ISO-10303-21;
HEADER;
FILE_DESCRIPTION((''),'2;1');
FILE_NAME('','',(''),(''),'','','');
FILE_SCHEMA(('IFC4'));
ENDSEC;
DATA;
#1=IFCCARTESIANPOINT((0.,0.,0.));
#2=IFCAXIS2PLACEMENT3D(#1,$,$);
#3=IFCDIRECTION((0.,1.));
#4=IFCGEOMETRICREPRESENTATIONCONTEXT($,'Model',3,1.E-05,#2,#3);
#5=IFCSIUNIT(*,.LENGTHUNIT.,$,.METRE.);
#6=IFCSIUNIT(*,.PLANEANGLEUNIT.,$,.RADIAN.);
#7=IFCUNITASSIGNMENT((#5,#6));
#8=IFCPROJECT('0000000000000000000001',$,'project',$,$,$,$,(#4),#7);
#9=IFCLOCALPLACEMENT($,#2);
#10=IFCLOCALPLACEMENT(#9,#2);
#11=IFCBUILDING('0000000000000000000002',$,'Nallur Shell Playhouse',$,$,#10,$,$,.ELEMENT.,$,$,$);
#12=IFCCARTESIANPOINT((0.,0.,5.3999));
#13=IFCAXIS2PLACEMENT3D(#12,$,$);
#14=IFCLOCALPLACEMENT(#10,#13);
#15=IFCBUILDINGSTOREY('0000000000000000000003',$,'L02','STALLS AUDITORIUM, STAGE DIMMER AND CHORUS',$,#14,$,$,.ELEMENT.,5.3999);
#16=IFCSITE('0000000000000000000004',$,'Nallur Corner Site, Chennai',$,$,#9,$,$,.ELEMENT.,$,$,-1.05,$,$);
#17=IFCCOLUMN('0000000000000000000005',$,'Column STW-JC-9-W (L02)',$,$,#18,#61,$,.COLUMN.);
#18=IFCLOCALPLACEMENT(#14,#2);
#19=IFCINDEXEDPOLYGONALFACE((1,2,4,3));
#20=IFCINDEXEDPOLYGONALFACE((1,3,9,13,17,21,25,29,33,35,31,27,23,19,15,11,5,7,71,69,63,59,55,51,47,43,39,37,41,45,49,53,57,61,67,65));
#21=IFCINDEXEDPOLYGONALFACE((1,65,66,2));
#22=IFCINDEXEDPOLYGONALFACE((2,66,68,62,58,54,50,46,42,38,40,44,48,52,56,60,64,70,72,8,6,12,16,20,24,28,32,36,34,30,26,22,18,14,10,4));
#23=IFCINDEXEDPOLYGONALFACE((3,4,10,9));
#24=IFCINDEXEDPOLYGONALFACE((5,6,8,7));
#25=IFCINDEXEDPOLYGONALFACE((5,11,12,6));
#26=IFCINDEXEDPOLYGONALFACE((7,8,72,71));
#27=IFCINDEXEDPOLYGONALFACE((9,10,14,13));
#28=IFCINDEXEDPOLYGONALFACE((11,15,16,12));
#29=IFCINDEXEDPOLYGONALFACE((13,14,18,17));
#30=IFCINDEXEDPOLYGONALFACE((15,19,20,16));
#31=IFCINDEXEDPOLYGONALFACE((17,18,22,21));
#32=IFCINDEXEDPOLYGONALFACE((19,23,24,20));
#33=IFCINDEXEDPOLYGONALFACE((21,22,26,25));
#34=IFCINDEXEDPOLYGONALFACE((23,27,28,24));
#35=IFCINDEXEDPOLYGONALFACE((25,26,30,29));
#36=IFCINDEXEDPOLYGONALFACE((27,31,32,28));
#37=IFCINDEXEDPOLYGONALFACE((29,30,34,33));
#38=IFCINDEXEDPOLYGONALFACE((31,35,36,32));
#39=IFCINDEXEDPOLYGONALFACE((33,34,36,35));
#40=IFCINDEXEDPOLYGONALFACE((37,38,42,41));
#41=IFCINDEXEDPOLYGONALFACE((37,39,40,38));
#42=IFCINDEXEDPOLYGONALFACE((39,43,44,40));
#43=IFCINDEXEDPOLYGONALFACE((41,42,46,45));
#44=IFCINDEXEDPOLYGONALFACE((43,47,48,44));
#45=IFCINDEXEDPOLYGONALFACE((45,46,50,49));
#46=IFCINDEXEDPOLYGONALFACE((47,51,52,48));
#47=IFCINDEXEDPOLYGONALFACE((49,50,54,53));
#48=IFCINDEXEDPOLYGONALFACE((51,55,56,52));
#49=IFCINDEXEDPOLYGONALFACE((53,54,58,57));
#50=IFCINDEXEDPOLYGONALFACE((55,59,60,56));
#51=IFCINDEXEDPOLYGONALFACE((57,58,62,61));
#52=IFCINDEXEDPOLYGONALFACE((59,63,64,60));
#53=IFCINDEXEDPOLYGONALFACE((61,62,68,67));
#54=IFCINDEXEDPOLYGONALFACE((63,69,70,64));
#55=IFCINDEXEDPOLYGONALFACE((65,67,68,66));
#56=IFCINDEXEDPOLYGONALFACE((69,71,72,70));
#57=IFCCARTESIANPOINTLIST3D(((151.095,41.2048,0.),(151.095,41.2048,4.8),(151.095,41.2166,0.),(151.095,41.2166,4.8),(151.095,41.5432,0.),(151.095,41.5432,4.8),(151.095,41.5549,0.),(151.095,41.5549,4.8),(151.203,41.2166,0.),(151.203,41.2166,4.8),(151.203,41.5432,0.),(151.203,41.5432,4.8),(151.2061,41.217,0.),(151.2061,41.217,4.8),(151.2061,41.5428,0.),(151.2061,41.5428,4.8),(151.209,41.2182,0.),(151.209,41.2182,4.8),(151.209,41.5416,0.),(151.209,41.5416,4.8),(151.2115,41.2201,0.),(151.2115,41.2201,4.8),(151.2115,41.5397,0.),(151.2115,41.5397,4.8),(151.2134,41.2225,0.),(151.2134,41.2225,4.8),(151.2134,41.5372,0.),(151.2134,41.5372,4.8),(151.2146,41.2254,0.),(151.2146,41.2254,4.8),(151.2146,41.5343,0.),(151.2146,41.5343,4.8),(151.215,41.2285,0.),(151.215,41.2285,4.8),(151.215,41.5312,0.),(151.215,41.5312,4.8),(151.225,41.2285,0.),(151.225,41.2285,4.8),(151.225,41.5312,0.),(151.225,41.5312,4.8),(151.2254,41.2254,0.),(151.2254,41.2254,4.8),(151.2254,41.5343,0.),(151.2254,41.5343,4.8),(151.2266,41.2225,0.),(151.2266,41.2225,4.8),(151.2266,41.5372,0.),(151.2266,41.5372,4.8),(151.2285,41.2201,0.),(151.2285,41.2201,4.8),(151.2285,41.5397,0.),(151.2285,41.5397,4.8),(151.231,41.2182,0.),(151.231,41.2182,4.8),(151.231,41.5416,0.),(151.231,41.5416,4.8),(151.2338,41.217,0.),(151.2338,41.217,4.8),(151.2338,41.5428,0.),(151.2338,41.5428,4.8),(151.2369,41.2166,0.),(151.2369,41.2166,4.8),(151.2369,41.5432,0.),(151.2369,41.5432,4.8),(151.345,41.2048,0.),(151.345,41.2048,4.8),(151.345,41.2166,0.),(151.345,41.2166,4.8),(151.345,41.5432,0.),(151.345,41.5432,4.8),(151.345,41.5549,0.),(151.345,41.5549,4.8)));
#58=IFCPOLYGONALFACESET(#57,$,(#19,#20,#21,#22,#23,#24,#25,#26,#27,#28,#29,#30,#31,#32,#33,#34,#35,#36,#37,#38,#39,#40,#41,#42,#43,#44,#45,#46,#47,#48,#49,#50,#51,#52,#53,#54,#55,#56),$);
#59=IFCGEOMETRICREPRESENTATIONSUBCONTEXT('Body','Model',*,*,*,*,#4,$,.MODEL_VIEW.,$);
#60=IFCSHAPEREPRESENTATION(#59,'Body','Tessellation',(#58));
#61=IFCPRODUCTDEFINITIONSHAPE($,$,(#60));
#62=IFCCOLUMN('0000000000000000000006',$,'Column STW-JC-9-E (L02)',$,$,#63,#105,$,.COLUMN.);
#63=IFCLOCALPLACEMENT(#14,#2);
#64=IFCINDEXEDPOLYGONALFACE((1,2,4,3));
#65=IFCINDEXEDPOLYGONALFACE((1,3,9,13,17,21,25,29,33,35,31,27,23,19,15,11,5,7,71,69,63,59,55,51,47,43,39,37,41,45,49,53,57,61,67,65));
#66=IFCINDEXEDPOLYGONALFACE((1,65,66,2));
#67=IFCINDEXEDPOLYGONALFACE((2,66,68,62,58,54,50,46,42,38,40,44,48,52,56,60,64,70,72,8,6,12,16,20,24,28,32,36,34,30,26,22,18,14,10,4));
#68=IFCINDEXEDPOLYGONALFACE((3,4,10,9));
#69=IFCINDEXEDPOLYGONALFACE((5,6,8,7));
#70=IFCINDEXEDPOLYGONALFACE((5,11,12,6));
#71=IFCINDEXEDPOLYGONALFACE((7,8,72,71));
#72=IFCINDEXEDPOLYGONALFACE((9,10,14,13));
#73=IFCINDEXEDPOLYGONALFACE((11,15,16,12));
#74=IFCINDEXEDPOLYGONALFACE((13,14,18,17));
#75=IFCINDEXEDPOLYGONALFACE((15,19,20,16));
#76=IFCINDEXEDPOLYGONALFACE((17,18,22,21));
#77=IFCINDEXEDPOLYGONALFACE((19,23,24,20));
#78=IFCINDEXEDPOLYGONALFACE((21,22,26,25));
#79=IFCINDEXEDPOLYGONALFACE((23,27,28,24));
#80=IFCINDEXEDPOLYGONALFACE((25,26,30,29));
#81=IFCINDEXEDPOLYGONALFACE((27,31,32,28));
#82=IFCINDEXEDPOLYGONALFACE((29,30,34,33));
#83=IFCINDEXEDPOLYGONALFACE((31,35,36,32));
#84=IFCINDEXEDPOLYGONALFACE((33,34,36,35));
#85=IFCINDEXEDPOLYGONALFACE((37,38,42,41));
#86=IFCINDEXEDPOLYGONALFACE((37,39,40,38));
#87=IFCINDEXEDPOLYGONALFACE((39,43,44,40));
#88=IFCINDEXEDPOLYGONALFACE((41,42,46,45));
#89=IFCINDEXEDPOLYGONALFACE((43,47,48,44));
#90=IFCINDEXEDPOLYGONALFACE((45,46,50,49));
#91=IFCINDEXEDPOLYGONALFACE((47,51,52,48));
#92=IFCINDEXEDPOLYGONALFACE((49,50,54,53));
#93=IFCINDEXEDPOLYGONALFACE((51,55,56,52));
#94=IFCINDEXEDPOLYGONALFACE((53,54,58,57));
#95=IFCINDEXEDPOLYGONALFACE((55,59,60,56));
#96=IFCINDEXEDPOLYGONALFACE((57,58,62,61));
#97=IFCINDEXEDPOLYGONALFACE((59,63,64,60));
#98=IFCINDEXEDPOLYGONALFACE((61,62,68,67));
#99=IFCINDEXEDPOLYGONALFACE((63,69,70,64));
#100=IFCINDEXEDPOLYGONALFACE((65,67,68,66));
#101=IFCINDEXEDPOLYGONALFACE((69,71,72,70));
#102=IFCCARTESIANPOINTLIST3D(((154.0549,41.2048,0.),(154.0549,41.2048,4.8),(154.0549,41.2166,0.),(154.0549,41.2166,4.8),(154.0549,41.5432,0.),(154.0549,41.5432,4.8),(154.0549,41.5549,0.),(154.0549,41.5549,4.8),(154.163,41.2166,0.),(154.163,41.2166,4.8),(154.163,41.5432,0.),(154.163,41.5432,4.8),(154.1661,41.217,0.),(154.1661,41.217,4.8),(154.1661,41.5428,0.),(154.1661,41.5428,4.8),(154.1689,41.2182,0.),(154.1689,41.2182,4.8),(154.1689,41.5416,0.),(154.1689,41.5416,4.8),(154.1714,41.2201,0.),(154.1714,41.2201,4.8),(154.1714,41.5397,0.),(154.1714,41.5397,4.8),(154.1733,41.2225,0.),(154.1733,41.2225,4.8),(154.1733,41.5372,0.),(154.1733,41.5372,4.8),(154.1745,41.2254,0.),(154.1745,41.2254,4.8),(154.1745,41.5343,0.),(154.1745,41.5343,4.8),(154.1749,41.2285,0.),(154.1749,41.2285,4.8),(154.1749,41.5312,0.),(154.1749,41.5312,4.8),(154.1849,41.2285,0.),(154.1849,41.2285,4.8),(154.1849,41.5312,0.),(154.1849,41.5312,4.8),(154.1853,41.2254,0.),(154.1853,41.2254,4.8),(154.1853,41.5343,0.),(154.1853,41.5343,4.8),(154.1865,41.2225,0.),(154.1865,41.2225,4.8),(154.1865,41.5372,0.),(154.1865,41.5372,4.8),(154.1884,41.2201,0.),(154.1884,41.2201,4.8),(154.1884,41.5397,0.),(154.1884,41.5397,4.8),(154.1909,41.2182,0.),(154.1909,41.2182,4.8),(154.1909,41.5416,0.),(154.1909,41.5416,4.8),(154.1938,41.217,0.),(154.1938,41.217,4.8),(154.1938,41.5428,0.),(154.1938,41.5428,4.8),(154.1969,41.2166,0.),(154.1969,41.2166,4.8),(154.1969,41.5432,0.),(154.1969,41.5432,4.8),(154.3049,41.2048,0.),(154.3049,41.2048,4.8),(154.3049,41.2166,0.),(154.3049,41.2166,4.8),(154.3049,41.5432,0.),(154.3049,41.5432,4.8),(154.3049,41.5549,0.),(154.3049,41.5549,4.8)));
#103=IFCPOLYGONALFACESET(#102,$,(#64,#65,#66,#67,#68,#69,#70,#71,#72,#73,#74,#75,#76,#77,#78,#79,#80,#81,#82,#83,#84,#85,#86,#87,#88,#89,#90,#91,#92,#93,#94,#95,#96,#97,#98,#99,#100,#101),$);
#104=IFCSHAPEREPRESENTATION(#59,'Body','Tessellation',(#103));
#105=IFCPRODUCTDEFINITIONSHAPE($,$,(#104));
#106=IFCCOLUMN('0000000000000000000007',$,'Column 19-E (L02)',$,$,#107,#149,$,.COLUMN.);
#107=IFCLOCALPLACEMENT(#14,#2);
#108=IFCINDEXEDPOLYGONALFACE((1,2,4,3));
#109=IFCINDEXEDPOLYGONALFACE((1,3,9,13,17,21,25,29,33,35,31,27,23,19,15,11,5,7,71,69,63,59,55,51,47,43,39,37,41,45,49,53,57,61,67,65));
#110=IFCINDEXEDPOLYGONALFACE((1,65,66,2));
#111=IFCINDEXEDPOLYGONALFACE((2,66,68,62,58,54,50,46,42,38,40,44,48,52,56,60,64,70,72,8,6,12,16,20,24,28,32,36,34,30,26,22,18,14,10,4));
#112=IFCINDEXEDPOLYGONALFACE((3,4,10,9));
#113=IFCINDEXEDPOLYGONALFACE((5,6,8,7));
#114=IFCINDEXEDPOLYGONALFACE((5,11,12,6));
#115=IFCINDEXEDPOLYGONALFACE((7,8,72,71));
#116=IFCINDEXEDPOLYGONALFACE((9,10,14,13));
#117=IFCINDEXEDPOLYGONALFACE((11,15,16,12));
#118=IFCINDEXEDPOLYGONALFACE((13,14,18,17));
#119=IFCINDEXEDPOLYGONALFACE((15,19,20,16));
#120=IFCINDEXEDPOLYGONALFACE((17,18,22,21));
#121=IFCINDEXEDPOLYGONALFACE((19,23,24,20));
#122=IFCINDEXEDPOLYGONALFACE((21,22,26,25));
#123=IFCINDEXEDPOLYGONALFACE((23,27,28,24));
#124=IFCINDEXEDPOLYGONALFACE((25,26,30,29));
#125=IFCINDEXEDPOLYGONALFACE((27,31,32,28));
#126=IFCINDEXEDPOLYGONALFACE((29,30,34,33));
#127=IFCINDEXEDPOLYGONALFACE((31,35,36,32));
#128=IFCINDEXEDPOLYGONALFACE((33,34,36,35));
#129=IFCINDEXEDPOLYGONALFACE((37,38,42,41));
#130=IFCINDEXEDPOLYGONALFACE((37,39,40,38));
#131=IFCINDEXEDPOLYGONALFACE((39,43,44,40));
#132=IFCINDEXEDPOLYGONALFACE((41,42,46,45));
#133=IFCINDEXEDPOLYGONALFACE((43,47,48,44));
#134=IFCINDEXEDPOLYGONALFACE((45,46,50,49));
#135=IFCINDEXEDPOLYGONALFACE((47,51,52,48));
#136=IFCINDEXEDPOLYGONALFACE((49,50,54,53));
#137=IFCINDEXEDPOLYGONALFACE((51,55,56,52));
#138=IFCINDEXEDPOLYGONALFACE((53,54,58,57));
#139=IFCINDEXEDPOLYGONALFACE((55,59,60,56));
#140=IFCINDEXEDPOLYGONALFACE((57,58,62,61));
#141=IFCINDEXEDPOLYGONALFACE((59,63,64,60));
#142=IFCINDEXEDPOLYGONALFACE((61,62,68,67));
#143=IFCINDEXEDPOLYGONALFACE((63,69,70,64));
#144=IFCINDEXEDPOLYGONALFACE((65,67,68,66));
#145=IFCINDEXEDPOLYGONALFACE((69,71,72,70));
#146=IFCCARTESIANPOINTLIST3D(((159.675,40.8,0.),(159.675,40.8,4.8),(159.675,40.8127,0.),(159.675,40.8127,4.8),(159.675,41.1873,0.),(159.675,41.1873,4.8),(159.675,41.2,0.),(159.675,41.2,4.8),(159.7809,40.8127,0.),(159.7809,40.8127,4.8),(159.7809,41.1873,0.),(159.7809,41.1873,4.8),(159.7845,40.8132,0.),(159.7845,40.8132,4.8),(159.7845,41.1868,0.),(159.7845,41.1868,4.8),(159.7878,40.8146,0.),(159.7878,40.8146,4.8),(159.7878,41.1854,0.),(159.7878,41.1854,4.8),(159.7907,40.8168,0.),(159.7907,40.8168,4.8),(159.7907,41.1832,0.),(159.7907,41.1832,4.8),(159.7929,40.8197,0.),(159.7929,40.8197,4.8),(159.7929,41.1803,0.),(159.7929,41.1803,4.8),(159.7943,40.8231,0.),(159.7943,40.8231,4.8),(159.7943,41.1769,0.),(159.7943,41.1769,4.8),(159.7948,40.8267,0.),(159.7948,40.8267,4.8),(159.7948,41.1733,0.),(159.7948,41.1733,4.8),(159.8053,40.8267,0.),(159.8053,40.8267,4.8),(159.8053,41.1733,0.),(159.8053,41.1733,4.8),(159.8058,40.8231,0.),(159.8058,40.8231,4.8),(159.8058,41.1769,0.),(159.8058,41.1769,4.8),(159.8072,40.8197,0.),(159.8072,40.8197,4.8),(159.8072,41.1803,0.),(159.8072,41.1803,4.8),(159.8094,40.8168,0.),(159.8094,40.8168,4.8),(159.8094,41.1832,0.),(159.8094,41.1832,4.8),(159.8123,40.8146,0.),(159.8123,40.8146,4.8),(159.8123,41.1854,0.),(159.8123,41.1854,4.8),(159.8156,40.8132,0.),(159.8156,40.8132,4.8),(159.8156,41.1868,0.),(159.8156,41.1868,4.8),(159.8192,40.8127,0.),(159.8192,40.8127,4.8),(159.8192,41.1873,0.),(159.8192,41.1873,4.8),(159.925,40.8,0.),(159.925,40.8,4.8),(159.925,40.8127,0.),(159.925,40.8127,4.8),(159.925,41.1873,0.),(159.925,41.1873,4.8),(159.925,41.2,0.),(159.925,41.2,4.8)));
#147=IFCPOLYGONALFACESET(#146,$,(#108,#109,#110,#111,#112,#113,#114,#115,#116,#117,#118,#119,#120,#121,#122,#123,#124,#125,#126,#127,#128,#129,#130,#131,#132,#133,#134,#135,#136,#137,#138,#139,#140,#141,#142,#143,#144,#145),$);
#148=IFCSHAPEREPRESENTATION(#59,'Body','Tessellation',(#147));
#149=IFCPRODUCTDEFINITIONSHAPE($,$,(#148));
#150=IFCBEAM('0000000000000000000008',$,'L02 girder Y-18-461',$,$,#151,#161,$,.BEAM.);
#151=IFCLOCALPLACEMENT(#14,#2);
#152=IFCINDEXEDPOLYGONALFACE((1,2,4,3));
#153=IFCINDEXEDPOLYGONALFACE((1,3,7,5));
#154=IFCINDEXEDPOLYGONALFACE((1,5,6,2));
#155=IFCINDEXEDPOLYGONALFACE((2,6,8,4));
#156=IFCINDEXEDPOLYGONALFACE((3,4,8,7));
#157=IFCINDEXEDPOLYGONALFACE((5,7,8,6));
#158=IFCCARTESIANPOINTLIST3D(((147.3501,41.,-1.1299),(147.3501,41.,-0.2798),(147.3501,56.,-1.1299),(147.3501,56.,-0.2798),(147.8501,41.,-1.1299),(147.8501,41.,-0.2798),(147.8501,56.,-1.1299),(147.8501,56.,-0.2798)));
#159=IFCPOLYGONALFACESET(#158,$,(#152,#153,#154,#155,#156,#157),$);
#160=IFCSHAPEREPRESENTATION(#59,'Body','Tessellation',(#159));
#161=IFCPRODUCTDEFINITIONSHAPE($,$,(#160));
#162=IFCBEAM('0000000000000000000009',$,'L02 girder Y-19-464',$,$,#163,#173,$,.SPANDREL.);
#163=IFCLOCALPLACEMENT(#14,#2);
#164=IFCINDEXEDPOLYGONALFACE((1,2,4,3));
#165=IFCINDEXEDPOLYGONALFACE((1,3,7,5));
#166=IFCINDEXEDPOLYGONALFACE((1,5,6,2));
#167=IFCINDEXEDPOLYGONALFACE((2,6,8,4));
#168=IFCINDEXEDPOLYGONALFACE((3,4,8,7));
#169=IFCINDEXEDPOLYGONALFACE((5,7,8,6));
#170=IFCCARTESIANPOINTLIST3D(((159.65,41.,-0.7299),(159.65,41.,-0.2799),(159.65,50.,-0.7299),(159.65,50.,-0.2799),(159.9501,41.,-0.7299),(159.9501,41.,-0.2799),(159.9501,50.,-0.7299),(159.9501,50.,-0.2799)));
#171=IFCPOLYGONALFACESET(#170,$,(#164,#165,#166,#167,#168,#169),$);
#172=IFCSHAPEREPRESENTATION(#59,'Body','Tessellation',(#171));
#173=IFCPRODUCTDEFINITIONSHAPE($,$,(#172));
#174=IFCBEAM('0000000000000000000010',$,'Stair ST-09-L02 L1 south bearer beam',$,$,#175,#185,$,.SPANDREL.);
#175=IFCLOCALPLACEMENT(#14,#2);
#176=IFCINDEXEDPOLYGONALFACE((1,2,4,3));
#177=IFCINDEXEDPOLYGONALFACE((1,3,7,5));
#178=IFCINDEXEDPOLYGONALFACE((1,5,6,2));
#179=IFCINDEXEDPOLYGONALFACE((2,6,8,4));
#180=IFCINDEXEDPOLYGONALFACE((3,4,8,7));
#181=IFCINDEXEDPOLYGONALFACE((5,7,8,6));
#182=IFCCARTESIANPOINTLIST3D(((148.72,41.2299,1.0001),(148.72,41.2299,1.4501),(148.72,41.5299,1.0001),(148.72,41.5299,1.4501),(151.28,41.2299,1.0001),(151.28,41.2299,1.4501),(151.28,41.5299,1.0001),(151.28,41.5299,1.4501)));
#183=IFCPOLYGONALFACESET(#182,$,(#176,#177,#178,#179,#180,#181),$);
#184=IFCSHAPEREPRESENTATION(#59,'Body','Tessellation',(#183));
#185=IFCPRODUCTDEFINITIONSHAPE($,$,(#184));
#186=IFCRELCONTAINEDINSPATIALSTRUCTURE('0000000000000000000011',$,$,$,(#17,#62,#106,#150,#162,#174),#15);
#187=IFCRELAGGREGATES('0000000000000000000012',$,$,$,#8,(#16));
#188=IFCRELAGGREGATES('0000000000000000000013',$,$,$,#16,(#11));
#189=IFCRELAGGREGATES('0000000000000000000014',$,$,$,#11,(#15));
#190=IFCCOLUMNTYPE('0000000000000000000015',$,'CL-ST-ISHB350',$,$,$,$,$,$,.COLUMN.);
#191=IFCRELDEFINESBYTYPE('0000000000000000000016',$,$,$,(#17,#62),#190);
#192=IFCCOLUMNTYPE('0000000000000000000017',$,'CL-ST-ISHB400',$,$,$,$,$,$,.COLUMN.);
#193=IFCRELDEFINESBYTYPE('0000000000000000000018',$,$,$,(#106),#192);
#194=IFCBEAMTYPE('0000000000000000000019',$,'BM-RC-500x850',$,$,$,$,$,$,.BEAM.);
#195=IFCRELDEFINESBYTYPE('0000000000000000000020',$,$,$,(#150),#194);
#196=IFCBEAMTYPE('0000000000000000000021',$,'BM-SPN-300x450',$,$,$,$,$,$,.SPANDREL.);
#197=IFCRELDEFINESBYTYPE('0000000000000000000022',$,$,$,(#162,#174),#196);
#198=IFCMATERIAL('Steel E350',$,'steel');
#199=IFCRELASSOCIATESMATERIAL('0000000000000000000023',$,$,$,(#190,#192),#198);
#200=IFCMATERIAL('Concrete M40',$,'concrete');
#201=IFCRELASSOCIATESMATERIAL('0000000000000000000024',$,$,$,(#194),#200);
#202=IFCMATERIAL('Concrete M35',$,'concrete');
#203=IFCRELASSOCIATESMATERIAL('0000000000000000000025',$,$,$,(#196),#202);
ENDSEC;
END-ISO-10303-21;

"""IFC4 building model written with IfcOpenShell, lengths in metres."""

from ifc_helpers import new_model, si_unit, direction, frame, origin, origin_2d, place, context, subcontext, project, spatial, rectangle, i_section, extrude, material, material_profile, profile_set, type_object, element, save


model = new_model("IFC4")

# Units and contexts
model_context = context("Model", 3, precision=1e-05, world=origin(), true_north=direction((0.0, 1.0)))
body_context = subcontext(model_context, "Body", "Model", "MODEL_VIEW")
ifc_project = project(units=[si_unit("LENGTHUNIT", "METRE"), si_unit("PLANEANGLEUNIT", "RADIAN")], contexts=[model_context])

# Site, building, storey
site_placement = place(None, origin())
site = spatial("IfcSite", under=ifc_project, at=site_placement, Name="Nallur Corner Site, Chennai", CompositionType="ELEMENT", RefElevation=-1.05)
building_placement = place(site_placement, origin())
building = spatial("IfcBuilding", under=site, at=building_placement, Name="Nallur Shell Playhouse", CompositionType="ELEMENT")
storey_placement = place(building_placement, frame((0.0, 0.0, 5.3999)))
storey = spatial("IfcBuildingStorey", under=building, at=storey_placement, Name="L02", Description="STALLS AUDITORIUM, STAGE DIMMER AND CHORUS", CompositionType="ELEMENT", Elevation=5.3999)

# Columns
ifc_material_1 = material(Name="Steel E350", Category="steel")
ifc_material_profile_1 = material_profile(ifc_material_1, i_section(OverallWidth=0.25, OverallDepth=0.3501, WebThickness=0.01, FlangeThickness=0.0117, FilletRadius=0.012, at=origin_2d()), Name="ISHB 350")
ifc_profile_set_1 = profile_set([ifc_material_profile_1], Name="Steel E350")
column_type_1 = type_object("IfcColumnType", Name="CL-ST-ISHB350", PredefinedType="COLUMN", material=ifc_profile_set_1)
for number, where, z_axis, x_axis, name in (
    (1, (151.22, 41.3799, 0.0), (0.0, 0.0, 1.0), (1.0, 0.0, 0.0), "Column STW-JC-9-W (L02)"),
    (2, (154.1799, 41.3799, 0.0), (0.0, 0.0, 1.0), (1.0, 0.0, 0.0), "Column STW-JC-9-E (L02)"),
):
    element("IfcColumn", number, at=place(storey_placement, frame(where, z_axis=z_axis, x_axis=x_axis)), inside=storey, type_object=column_type_1, Name=name, PredefinedType="COLUMN", context=body_context, shape_type="SweptSolid", body=[
        extrude(i_section(OverallWidth=0.25, OverallDepth=0.3501, WebThickness=0.01, FlangeThickness=0.0117, FilletRadius=0.012, at=origin_2d()), origin(), (0.0, 0.0, 1.0), 4.8),
    ])
ifc_material_profile_2 = material_profile(ifc_material_1, i_section(OverallWidth=0.25, OverallDepth=0.3999, WebThickness=0.0105, FlangeThickness=0.0127, FilletRadius=0.0139, at=origin_2d()), Name="ISHB 400")
ifc_profile_set_2 = profile_set([ifc_material_profile_2], Name="Steel E350")
column_type_2 = type_object("IfcColumnType", Name="CL-ST-ISHB400", PredefinedType="COLUMN", material=ifc_profile_set_2)
column_placement = place(storey_placement, frame((159.8, 41.0, 0.0), z_axis=(0.0, 0.0, 1.0), x_axis=(1.0, 0.0, 0.0)))
element("IfcColumn", 3, at=column_placement, inside=storey, type_object=column_type_2, Name="Column 19-E (L02)", PredefinedType="COLUMN", context=body_context, shape_type="SweptSolid", body=[
    extrude(i_section(OverallWidth=0.25, OverallDepth=0.3999, WebThickness=0.0105, FlangeThickness=0.0127, FilletRadius=0.0139, at=origin_2d()), origin(), (0.0, 0.0, 1.0), 4.8),
])

# Beams
ifc_material_2 = material(Name="Concrete M40", Category="concrete")
ifc_material_profile_3 = material_profile(ifc_material_2, rectangle(XDim=0.5, YDim=0.8501, at=origin_2d()), Name="RC 500x850")
ifc_profile_set_3 = profile_set([ifc_material_profile_3], Name="Concrete M40")
beam_type_1 = type_object("IfcBeamType", Name="BM-RC-500x850", PredefinedType="BEAM", material=ifc_profile_set_3)
beam_1_placement = place(storey_placement, frame((147.6001, 41.0, -0.7048), z_axis=(0.0, 1.0, 0.0), x_axis=(-1.0, 0.0, 0.0)))
element("IfcBeam", 4, at=beam_1_placement, inside=storey, type_object=beam_type_1, Name="L02 girder Y-18-461", PredefinedType="BEAM", context=body_context, shape_type="SweptSolid", body=[
    extrude(rectangle(XDim=0.5, YDim=0.8501, at=origin_2d()), origin(), (0.0, 0.0, 1.0), 15.0),
])
ifc_material_3 = material(Name="Concrete M35", Category="concrete")
ifc_material_profile_4 = material_profile(ifc_material_3, rectangle(XDim=0.3, YDim=0.45, at=origin_2d()), Name="RC 300x450")
ifc_profile_set_4 = profile_set([ifc_material_profile_4], Name="Concrete M35")
beam_type_2 = type_object("IfcBeamType", Name="BM-SPN-300x450", PredefinedType="SPANDREL", material=ifc_profile_set_4)
beam_2_placement = place(storey_placement, frame((159.8, 41.0, -0.5049), z_axis=(0.0, 1.0, 0.0), x_axis=(-1.0, 0.0, 0.0)))
element("IfcBeam", 5, at=beam_2_placement, inside=storey, type_object=beam_type_2, Name="L02 girder Y-19-464", PredefinedType="SPANDREL", context=body_context, shape_type="SweptSolid", body=[
    extrude(rectangle(XDim=0.3, YDim=0.45, at=origin_2d()), origin(), (0.0, 0.0, 1.0), 9.0),
])
beam_3_placement = place(storey_placement, frame((148.72, 41.3799, 1.2251), z_axis=(1.0, 0.0, 0.0), x_axis=(0.0, 1.0, 0.0)))
element("IfcBeam", 6, at=beam_3_placement, inside=storey, type_object=beam_type_2, Name="Stair ST-09-L02 L1 south bearer beam", PredefinedType="SPANDREL", context=body_context, shape_type="SweptSolid", body=[
    extrude(rectangle(XDim=0.3, YDim=0.45, at=origin_2d()), origin(), (0.0, 0.0, 1.0), 2.5601),
])

save(model, "model.ifc")
